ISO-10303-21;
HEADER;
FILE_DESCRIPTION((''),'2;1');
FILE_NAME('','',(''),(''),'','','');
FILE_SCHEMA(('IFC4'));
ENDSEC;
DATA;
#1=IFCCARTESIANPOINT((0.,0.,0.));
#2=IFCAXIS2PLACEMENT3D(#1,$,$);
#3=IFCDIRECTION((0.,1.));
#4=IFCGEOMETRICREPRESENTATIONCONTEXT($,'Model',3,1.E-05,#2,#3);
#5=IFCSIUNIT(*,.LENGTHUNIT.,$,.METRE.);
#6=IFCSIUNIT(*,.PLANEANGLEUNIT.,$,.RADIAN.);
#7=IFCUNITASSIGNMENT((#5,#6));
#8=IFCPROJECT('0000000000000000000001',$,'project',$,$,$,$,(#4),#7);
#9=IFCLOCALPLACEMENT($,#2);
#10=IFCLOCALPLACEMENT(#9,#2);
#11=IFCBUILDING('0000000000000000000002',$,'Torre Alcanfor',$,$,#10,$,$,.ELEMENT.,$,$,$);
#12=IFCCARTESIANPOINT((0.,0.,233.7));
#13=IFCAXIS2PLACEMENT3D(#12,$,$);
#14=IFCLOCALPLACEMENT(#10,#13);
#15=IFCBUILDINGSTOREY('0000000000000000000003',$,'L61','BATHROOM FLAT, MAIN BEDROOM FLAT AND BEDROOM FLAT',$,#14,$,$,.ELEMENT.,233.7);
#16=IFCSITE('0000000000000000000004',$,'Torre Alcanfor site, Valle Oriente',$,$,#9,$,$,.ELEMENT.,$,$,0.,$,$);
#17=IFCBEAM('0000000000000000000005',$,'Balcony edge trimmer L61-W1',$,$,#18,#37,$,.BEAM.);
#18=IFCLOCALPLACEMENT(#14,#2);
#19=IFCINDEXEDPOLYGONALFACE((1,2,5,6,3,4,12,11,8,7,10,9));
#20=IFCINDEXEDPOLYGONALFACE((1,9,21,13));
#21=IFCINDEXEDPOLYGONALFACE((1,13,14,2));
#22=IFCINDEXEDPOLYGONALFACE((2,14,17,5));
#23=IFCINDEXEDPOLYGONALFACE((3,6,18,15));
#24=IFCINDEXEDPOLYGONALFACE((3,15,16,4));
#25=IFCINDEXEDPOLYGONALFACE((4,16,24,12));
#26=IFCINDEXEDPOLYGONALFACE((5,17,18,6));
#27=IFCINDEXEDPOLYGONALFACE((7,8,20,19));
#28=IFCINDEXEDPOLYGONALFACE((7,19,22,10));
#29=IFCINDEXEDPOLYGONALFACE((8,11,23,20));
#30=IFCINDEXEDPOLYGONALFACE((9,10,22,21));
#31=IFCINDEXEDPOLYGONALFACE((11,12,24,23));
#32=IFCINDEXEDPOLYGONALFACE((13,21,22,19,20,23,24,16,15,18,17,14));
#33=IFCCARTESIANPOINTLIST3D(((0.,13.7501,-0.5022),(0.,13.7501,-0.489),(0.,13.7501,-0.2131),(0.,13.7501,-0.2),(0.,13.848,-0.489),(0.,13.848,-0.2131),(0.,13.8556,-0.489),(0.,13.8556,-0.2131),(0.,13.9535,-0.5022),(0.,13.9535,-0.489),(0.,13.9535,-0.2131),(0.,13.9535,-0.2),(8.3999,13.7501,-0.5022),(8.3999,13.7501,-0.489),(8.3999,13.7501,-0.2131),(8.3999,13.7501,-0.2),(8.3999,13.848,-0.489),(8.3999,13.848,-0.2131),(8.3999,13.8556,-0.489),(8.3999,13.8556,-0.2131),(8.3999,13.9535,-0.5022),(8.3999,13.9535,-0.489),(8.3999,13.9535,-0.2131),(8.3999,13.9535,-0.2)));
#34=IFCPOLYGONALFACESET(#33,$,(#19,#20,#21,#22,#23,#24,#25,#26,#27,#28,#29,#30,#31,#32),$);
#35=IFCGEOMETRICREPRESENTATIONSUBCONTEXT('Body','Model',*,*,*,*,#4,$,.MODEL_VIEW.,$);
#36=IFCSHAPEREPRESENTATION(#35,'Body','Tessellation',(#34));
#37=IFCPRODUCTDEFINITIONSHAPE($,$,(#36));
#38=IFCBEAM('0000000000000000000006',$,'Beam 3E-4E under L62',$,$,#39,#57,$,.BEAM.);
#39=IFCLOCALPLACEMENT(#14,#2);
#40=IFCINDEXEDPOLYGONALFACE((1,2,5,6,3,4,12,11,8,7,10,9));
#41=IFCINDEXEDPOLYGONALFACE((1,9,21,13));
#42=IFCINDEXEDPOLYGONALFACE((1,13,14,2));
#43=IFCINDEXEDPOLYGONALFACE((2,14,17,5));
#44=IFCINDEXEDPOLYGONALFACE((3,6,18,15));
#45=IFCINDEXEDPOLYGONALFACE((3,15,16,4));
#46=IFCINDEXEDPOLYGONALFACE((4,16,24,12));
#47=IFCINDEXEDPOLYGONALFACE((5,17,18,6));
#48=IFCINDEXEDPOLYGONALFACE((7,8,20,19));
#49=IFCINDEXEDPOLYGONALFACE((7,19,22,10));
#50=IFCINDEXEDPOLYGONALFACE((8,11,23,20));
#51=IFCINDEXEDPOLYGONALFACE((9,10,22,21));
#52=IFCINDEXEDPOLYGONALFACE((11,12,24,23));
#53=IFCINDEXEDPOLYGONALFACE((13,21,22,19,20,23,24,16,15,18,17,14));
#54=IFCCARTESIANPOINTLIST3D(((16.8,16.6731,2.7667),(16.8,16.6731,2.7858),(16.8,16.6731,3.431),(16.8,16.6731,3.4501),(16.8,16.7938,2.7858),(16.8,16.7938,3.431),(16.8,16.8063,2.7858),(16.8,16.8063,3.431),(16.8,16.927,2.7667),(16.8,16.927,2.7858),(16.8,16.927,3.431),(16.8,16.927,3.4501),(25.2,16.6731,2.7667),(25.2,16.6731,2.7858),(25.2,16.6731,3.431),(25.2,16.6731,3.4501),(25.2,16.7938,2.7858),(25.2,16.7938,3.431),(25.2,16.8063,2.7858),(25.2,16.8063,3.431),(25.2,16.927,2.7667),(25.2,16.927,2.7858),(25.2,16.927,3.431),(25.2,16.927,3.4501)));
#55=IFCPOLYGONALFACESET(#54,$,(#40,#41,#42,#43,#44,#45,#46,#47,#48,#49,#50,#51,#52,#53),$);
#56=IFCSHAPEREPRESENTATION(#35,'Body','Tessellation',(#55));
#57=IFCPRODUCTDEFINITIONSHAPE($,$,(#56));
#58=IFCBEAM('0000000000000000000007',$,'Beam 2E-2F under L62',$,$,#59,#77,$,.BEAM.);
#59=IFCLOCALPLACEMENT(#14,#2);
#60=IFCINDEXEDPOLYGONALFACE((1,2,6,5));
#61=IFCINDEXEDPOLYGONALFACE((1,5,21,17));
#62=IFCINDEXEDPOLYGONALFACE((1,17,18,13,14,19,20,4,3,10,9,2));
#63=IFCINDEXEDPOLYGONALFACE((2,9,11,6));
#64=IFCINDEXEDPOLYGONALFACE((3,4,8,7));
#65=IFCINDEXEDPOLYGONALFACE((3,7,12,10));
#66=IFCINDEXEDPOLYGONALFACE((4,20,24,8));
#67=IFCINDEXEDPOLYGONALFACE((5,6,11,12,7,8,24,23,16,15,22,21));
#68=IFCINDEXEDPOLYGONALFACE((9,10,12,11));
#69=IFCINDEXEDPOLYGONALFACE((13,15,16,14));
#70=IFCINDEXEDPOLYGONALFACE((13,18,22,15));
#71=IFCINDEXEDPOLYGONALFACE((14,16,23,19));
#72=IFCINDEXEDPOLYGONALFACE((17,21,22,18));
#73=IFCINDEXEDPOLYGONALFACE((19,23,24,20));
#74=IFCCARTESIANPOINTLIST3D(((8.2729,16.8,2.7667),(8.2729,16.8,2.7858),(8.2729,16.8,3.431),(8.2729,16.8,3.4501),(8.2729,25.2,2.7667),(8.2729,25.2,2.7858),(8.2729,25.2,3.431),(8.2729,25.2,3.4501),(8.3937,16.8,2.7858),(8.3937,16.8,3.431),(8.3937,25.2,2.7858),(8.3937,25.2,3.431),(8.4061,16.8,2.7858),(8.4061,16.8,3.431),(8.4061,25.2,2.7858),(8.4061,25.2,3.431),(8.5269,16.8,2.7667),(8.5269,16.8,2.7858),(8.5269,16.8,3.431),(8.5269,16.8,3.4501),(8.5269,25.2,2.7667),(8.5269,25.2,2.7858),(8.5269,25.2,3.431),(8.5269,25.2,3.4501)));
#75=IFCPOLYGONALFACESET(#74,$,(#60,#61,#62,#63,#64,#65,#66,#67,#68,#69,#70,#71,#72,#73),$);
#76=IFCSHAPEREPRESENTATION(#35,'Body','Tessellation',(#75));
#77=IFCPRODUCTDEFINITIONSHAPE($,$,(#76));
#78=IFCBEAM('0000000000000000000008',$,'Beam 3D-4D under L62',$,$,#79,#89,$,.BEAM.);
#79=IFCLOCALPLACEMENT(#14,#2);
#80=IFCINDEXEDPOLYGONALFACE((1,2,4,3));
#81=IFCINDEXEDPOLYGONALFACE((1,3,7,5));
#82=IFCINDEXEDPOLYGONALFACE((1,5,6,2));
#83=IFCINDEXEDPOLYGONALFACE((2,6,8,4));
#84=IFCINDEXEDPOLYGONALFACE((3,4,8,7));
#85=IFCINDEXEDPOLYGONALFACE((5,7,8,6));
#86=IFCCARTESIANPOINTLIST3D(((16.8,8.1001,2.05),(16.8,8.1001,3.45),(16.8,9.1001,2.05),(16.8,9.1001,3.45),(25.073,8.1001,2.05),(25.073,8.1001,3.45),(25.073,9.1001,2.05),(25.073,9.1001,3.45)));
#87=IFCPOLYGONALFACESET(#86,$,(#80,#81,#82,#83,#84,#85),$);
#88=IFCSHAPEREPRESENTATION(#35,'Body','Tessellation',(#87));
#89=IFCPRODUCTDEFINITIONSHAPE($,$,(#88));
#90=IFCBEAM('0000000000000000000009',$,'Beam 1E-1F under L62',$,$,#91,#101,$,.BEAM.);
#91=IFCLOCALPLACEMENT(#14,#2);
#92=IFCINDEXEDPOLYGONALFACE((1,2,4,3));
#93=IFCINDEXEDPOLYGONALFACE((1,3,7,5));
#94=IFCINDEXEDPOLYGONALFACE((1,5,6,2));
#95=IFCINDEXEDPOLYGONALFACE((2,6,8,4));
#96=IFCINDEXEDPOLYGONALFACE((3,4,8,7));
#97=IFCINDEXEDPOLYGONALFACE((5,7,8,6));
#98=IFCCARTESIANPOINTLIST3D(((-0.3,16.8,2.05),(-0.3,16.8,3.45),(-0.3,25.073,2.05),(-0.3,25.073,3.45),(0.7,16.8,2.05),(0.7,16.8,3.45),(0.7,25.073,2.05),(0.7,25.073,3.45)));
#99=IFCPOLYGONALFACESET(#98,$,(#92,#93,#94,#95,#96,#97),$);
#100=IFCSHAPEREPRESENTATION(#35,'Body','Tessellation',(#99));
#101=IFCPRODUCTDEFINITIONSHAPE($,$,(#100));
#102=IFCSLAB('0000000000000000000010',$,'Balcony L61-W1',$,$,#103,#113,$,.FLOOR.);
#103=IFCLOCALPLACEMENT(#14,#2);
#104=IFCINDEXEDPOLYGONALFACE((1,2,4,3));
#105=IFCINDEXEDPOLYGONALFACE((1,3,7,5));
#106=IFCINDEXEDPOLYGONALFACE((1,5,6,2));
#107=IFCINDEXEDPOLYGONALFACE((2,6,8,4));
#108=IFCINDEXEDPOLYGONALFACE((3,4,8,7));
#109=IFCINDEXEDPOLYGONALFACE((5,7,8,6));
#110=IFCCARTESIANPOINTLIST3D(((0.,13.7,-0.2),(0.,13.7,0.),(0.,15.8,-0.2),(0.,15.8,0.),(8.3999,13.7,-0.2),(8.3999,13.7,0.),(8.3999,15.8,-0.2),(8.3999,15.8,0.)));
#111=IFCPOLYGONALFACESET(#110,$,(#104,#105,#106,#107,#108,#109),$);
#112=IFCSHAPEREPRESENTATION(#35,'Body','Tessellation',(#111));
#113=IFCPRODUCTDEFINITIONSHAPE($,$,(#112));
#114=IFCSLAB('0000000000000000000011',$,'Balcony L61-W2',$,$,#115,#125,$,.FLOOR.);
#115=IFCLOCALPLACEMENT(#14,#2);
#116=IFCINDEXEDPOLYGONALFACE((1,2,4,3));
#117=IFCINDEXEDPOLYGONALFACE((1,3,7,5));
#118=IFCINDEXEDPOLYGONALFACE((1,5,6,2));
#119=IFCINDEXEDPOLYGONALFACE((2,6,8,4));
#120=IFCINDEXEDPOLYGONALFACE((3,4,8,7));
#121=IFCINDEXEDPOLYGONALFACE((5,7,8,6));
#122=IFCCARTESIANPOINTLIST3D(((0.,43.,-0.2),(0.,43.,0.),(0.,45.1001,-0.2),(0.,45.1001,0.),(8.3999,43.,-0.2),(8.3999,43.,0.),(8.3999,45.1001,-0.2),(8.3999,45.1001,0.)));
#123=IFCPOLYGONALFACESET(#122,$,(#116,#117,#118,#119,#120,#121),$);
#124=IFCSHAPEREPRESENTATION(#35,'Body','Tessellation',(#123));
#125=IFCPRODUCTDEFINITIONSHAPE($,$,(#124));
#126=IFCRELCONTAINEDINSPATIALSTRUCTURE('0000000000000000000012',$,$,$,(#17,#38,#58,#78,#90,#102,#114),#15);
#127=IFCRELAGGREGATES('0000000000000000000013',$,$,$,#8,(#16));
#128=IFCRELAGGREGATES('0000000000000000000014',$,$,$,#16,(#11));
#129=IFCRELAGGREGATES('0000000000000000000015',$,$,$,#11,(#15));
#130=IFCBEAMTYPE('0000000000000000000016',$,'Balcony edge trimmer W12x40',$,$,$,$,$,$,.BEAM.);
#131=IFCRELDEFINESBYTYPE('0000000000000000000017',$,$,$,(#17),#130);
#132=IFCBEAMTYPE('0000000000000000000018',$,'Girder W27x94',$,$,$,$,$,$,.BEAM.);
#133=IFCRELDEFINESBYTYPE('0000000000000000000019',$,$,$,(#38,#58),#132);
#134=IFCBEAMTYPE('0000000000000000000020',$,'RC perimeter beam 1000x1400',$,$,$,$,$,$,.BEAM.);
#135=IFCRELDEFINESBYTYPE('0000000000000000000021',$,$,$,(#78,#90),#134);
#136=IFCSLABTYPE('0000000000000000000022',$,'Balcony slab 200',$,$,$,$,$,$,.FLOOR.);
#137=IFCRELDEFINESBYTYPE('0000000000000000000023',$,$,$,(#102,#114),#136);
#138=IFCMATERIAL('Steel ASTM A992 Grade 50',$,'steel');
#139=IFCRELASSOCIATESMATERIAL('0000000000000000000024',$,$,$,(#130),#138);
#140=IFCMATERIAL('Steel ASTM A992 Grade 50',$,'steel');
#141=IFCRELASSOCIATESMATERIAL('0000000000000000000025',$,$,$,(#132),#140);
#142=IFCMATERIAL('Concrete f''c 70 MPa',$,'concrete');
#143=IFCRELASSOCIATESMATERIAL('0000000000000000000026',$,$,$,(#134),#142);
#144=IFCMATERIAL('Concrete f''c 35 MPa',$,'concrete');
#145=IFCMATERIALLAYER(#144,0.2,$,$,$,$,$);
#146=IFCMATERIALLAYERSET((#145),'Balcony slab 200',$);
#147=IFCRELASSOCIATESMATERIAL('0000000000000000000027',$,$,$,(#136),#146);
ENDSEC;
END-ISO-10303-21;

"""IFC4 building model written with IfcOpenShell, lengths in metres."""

from ifc_helpers import new_model, si_unit, direction, frame, origin, origin_2d, place, context, subcontext, project, spatial, polyline, rectangle, i_section, outline, extrude, material, layer, layer_set, material_profile, profile_set, type_object, element, save


model = new_model("IFC4")

# Units and contexts
model_context = context("Model", 3, precision=1e-05, world=origin(), true_north=direction((0.0, 1.0)))
body_context = subcontext(model_context, "Body", "Model", "MODEL_VIEW")
ifc_project = project(units=[si_unit("LENGTHUNIT", "METRE"), si_unit("PLANEANGLEUNIT", "RADIAN")], contexts=[model_context])

# Site, building, storey
site_placement = place(None, origin())
site = spatial("IfcSite", under=ifc_project, at=site_placement, Name="Torre Alcanfor site, Valle Oriente", CompositionType="ELEMENT", RefElevation=0.0)
building_placement = place(site_placement, origin())
building = spatial("IfcBuilding", under=site, at=building_placement, Name="Torre Alcanfor", CompositionType="ELEMENT")
storey_placement = place(building_placement, frame((0.0, 0.0, 233.7)))
storey = spatial("IfcBuildingStorey", under=building, at=storey_placement, Name="L61", Description="BATHROOM FLAT, MAIN BEDROOM FLAT AND BEDROOM FLAT", CompositionType="ELEMENT", Elevation=233.7)

# Beams
ifc_material_1 = material(Name="Steel ASTM A992 Grade 50", Category="steel")
ifc_material_profile_1 = material_profile(ifc_material_1, i_section(OverallWidth=0.2034, OverallDepth=0.3022, WebThickness=0.0076, FlangeThickness=0.0132, at=origin_2d()), Name="W12x40")
ifc_profile_set_1 = profile_set([ifc_material_profile_1], Name="Steel ASTM A992 Grade 50")
beam_type_1 = type_object("IfcBeamType", Name="Balcony edge trimmer W12x40", PredefinedType="BEAM", material=ifc_profile_set_1)
beam_placement = place(storey_placement, frame((8.3999, 13.8518, -0.3511), z_axis=(-1.0, 0.0, 0.0), x_axis=(0.0, -1.0, 0.0)))
element("IfcBeam", 1, at=beam_placement, inside=storey, type_object=beam_type_1, Name="Balcony edge trimmer L61-W1", PredefinedType="BEAM", context=body_context, shape_type="SweptSolid", body=[
    extrude(i_section(OverallWidth=0.2034, OverallDepth=0.3022, WebThickness=0.0076, FlangeThickness=0.0132, at=origin_2d()), origin(), (0.0, 0.0, 1.0), 8.3999),
])
ifc_material_2 = material(Name="Steel ASTM A992 Grade 50", Category="steel")
ifc_material_profile_2 = material_profile(ifc_material_2, i_section(OverallWidth=0.2539, OverallDepth=0.6833, WebThickness=0.0125, FlangeThickness=0.019, at=origin_2d()), Name="W27x94")
ifc_profile_set_2 = profile_set([ifc_material_profile_2], Name="Steel ASTM A992 Grade 50")
beam_type_2 = type_object("IfcBeamType", Name="Girder W27x94", PredefinedType="BEAM", material=ifc_profile_set_2)
for number, where, z_axis, x_axis, name in (
    (2, (16.8, 16.8, 3.1084), (1.0, 0.0, 0.0), (0.0, 1.0, 0.0), "Beam 3E-4E under L62"),
    (3, (8.3999, 16.8, 3.1084), (0.0, 1.0, 0.0), (-1.0, 0.0, 0.0), "Beam 2E-2F under L62"),
):
    element("IfcBeam", number, at=place(storey_placement, frame(where, z_axis=z_axis, x_axis=x_axis)), inside=storey, type_object=beam_type_2, Name=name, PredefinedType="BEAM", context=body_context, shape_type="SweptSolid", body=[
        extrude(i_section(OverallWidth=0.2539, OverallDepth=0.6833, WebThickness=0.0125, FlangeThickness=0.019, at=origin_2d()), origin(), (0.0, 0.0, 1.0), 8.3999),
    ])
ifc_material_3 = material(Name="Concrete f'c 70 MPa", Category="concrete")
ifc_material_profile_3 = material_profile(ifc_material_3, rectangle(XDim=1.0, YDim=1.3999, at=origin_2d()), Name="1000x1400")
ifc_profile_set_3 = profile_set([ifc_material_profile_3], Name="Concrete f'c 70 MPa")
beam_type_3 = type_object("IfcBeamType", Name="RC perimeter beam 1000x1400", PredefinedType="BEAM", material=ifc_profile_set_3)
for number, where, z_axis, x_axis, name in (
    (4, (16.8, 8.6001, 2.75), (1.0, 0.0, 0.0), (0.0, 1.0, 0.0), "Beam 3D-4D under L62"),
    (5, (0.2, 16.8, 2.75), (0.0, 1.0, 0.0), (-1.0, 0.0, 0.0), "Beam 1E-1F under L62"),
):
    element("IfcBeam", number, at=place(storey_placement, frame(where, z_axis=z_axis, x_axis=x_axis)), inside=storey, type_object=beam_type_3, Name=name, PredefinedType="BEAM", context=body_context, shape_type="SweptSolid", body=[
        extrude(rectangle(XDim=1.0, YDim=1.3999, at=origin_2d()), origin(), (0.0, 0.0, 1.0), 8.2729),
    ])

# Slabs
ifc_material_4 = material(Name="Concrete f'c 35 MPa", Category="concrete")
ifc_layer_1 = layer(ifc_material_4, 0.2)
ifc_layer_set_1 = layer_set([ifc_layer_1], Name="Balcony slab 200")
slab_type_1 = type_object("IfcSlabType", Name="Balcony slab 200", PredefinedType="FLOOR", material=ifc_layer_set_1)
slab_1_placement = place(storey_placement, frame((0.0, 0.0, -0.2)))
element("IfcSlab", 6, at=slab_1_placement, inside=storey, type_object=slab_type_1, Name="Balcony L61-W1", PredefinedType="FLOOR", context=body_context, shape_type="SweptSolid", body=[
    extrude(outline(polyline([(8.3999, 15.8), (0.0, 15.8), (0.0, 13.7), (8.3999, 13.7), (8.3999, 15.8)])), origin(), (0.0, 0.0, 1.0), 0.2),
])
slab_2_placement = place(storey_placement, frame((0.0, 0.0, -0.2)))
element("IfcSlab", 7, at=slab_2_placement, inside=storey, type_object=slab_type_1, Name="Balcony L61-W2", PredefinedType="FLOOR", context=body_context, shape_type="SweptSolid", body=[
    extrude(outline(polyline([(8.3999, 45.1001), (0.0, 45.1001), (0.0, 43.0), (8.3999, 43.0), (8.3999, 45.1001)])), origin(), (0.0, 0.0, 1.0), 0.2),
])

save(model, "model.ifc")
